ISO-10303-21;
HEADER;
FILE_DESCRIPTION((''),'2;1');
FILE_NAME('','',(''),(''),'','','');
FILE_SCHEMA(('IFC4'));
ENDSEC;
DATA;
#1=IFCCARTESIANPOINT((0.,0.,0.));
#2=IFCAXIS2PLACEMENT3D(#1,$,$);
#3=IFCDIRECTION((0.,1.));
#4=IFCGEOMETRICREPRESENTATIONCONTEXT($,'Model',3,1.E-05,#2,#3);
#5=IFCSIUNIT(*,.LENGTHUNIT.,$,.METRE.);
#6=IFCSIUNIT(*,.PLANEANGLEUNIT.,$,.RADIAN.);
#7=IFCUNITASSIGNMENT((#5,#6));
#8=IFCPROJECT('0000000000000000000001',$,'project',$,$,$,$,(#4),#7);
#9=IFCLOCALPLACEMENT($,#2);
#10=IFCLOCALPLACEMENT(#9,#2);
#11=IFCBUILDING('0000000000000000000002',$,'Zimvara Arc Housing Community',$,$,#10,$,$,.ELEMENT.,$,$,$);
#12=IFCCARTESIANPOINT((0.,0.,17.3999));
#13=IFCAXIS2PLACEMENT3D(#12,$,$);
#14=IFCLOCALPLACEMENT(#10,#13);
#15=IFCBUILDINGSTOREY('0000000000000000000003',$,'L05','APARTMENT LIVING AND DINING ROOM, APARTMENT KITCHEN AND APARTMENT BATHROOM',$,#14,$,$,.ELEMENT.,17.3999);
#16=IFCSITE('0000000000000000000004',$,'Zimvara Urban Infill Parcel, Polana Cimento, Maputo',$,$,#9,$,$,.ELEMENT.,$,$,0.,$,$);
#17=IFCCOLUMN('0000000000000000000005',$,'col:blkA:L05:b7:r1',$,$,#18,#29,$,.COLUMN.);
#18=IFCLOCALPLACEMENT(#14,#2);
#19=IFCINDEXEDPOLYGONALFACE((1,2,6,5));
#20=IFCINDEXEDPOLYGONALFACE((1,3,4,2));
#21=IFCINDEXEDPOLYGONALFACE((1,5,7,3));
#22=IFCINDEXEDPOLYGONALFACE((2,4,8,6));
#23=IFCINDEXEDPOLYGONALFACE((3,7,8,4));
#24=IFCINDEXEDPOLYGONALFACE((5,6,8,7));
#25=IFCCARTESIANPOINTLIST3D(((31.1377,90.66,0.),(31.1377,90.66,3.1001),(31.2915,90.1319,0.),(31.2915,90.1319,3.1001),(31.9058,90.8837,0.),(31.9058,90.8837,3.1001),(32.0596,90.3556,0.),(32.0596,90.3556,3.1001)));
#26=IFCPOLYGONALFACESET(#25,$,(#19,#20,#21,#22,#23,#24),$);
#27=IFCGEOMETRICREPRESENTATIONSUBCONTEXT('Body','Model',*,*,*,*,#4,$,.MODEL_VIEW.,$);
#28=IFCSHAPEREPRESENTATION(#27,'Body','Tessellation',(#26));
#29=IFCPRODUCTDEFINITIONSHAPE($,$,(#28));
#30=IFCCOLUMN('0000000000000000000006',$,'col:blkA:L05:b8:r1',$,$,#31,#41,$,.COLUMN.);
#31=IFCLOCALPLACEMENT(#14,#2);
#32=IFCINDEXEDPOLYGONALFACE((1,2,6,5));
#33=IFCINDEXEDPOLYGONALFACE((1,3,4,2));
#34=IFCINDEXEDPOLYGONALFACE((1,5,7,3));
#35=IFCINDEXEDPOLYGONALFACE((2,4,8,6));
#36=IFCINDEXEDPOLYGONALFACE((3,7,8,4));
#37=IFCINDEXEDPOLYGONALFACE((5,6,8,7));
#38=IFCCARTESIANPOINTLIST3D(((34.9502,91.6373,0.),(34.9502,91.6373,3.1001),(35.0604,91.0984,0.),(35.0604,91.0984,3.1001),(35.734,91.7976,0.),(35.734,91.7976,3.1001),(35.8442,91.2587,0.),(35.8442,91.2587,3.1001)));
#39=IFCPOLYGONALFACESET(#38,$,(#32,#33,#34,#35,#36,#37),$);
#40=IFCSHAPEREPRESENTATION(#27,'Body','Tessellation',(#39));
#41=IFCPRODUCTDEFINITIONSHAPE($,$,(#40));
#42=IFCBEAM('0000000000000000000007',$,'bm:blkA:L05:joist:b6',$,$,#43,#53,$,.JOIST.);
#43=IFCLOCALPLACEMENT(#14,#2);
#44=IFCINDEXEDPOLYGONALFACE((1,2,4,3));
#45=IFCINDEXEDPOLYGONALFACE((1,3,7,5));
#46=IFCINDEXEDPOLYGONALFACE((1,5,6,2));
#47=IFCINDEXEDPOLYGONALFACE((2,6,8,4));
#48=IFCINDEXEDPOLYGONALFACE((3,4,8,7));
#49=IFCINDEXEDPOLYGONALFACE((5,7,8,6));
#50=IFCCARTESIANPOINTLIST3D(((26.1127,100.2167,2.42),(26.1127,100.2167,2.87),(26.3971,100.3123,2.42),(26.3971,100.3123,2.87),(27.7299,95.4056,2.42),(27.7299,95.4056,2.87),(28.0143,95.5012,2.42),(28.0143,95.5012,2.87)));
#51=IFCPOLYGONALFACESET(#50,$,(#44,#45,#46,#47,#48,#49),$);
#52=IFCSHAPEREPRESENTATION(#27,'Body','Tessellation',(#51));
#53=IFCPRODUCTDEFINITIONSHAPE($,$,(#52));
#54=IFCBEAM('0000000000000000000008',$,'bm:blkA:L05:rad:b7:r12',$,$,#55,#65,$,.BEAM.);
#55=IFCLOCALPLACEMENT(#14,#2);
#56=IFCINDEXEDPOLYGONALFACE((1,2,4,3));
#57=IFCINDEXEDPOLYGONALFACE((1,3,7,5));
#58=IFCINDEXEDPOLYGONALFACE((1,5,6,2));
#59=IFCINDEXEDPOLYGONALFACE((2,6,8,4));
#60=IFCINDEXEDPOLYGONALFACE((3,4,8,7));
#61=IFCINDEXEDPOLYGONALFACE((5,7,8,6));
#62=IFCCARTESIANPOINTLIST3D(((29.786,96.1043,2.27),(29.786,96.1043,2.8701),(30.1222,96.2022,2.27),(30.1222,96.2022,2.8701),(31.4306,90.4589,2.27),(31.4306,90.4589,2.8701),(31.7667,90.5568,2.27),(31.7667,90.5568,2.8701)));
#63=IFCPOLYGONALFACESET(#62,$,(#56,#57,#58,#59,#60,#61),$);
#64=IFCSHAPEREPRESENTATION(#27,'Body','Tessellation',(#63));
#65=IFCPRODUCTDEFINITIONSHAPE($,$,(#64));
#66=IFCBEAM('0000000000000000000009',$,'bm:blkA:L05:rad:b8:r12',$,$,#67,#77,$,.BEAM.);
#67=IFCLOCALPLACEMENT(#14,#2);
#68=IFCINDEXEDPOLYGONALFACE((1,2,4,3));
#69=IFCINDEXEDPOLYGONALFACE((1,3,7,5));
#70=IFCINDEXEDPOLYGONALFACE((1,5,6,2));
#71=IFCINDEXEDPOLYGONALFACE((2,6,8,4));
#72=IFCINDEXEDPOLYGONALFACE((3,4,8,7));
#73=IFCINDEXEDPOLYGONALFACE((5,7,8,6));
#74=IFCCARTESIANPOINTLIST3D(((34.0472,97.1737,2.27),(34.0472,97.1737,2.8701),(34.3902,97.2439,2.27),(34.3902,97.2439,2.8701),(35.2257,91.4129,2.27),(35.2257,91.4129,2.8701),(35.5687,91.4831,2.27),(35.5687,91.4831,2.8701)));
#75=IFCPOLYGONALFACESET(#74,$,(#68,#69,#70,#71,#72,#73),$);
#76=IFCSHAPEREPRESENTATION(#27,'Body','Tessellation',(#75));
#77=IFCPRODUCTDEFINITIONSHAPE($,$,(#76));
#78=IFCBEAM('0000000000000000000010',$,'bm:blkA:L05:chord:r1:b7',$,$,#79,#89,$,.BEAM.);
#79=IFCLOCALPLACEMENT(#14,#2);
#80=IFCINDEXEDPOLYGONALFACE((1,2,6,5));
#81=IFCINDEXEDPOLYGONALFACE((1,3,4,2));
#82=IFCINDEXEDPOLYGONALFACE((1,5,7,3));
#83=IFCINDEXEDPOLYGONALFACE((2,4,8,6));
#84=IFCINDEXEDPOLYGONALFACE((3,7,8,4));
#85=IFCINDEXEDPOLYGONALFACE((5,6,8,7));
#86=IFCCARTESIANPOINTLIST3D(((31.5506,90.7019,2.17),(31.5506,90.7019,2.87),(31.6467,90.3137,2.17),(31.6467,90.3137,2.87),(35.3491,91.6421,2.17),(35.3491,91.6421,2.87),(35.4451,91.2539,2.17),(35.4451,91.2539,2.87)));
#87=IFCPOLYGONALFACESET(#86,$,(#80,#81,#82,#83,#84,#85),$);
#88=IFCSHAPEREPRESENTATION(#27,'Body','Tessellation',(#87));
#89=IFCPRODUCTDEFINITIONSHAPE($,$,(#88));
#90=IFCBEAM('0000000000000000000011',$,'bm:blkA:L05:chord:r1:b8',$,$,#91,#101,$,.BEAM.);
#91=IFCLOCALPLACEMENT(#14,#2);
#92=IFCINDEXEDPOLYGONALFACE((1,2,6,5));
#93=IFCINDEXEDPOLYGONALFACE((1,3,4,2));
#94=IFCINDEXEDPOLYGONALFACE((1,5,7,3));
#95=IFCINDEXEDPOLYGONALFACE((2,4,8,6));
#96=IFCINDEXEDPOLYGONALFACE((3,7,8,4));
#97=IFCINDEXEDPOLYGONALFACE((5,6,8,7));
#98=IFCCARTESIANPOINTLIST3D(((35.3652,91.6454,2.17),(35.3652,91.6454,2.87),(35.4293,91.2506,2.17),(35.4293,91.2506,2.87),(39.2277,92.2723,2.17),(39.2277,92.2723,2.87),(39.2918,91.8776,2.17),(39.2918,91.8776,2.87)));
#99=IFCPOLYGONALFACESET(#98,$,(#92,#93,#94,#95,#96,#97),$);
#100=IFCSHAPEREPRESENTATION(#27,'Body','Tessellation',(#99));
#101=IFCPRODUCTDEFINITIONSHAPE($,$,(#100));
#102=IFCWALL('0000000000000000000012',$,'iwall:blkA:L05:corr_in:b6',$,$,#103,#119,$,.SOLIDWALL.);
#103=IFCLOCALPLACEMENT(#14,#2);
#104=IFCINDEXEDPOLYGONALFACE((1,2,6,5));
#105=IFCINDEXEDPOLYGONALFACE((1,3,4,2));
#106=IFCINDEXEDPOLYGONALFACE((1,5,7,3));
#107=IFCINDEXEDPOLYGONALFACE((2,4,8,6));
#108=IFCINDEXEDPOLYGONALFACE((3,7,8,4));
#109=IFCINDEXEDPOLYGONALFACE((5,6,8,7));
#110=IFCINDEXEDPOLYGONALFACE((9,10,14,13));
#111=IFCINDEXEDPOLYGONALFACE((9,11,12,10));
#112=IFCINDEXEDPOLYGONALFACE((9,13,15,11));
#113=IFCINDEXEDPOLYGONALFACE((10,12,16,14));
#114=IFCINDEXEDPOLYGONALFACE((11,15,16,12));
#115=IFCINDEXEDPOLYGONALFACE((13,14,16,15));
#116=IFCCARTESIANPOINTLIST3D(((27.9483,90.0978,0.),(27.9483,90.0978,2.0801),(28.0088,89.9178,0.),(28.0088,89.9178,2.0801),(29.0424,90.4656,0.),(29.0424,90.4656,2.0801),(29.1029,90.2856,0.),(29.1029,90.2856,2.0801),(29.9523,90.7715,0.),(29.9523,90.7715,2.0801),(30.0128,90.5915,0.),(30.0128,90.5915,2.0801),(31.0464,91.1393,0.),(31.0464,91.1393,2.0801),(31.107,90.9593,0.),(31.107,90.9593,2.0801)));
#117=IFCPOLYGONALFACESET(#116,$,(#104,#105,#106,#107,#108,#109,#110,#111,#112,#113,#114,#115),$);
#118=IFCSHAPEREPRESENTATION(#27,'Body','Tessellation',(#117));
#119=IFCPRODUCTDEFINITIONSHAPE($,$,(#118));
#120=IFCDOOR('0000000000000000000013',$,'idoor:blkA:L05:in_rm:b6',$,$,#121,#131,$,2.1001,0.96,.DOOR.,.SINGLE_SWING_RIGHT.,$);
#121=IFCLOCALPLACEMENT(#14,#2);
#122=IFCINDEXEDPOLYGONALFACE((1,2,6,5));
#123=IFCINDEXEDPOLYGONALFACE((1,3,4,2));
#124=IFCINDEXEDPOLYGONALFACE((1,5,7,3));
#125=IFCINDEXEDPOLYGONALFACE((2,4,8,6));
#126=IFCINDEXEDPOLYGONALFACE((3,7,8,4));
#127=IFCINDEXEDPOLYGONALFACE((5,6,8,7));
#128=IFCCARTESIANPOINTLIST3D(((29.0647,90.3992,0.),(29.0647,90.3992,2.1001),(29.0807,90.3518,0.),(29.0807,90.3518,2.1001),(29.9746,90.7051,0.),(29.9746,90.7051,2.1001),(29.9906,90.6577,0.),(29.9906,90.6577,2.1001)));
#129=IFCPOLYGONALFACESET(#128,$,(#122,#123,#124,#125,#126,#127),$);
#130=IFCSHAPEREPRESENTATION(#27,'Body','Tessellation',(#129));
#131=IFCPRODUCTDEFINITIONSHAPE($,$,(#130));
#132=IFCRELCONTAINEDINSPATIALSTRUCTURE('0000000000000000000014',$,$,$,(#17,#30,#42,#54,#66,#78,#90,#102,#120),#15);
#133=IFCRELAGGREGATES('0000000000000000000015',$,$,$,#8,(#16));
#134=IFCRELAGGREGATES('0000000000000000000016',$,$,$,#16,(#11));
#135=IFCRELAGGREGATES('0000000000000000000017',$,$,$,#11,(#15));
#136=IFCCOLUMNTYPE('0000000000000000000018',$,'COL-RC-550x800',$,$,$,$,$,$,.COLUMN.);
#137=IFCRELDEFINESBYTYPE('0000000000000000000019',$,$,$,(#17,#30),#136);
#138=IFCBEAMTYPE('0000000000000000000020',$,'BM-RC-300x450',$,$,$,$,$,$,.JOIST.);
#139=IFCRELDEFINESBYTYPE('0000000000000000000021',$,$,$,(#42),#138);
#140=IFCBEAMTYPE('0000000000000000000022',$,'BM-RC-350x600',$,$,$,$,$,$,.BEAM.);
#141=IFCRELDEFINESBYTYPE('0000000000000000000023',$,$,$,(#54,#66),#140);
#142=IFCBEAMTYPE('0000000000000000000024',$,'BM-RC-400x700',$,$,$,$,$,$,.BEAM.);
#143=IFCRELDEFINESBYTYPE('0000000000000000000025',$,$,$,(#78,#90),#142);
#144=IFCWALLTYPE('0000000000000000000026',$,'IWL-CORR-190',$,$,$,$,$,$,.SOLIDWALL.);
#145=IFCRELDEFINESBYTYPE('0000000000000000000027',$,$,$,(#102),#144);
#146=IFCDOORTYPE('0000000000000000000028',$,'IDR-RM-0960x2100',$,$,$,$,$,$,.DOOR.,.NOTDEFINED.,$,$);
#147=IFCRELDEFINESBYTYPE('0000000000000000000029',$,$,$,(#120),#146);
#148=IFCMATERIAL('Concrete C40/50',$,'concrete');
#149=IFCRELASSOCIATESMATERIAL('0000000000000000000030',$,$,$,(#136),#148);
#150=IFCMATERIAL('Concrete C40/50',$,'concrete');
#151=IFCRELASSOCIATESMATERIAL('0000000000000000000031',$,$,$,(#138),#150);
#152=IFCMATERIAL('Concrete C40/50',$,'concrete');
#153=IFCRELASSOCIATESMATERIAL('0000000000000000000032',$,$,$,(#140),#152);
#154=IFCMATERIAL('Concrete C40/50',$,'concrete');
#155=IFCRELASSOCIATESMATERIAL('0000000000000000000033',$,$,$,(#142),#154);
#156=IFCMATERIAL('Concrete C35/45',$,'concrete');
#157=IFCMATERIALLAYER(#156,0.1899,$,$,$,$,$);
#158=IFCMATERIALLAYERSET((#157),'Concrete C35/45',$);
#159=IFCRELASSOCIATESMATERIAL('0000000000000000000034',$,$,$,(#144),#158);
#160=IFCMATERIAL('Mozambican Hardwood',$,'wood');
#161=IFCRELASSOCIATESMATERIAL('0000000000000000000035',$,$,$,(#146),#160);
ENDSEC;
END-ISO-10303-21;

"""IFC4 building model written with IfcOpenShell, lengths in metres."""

from ifc_helpers import new_model, si_unit, direction, frame, frame_2d, origin, origin_2d, place, context, subcontext, project, spatial, rectangle, extrude, material, layer, layer_set, material_profile, profile_set, type_object, element, fill, save


model = new_model("IFC4")

# Units and contexts
model_context = context("Model", 3, precision=1e-05, world=origin(), true_north=direction((0.0, 1.0)))
body_context = subcontext(model_context, "Body", "Model", "MODEL_VIEW")
ifc_project = project(units=[si_unit("LENGTHUNIT", "METRE"), si_unit("PLANEANGLEUNIT", "RADIAN")], contexts=[model_context])

# Site, building, storey
site_placement = place(None, origin())
site = spatial("IfcSite", under=ifc_project, at=site_placement, Name="Zimvara Urban Infill Parcel, Polana Cimento, Maputo", CompositionType="ELEMENT", RefElevation=0.0)
building_placement = place(site_placement, origin())
building = spatial("IfcBuilding", under=site, at=building_placement, Name="Zimvara Arc Housing Community", CompositionType="ELEMENT")
storey_placement = place(building_placement, frame((0.0, 0.0, 17.3999)))
storey = spatial("IfcBuildingStorey", under=building, at=storey_placement, Name="L05", Description="APARTMENT LIVING AND DINING ROOM, APARTMENT KITCHEN AND APARTMENT BATHROOM", CompositionType="ELEMENT", Elevation=17.3999)

# Columns
ifc_material_1 = material(Name="Concrete C40/50", Category="concrete")
ifc_material_profile_1 = material_profile(ifc_material_1, rectangle(XDim=0.55, YDim=0.8, at=origin_2d()), Name="RC 550x800")
ifc_profile_set_1 = profile_set([ifc_material_profile_1], Name="Concrete C40/50")
column_type = type_object("IfcColumnType", Name="COL-RC-550x800", PredefinedType="COLUMN", material=ifc_profile_set_1)
for number, where, z_axis, x_axis, name in (
    (1, (31.5986, 90.5078, 0.0), (0.0, 0.0, 1.0), (-0.279661, 0.960099, 0.0), "col:blkA:L05:b7:r1"),
    (2, (35.3972, 91.448, 0.0), (0.0, 0.0, 1.0), (-0.200394, 0.979715, 0.0), "col:blkA:L05:b8:r1"),
):
    element("IfcColumn", number, at=place(storey_placement, frame(where, z_axis=z_axis, x_axis=x_axis)), inside=storey, type_object=column_type, Name=name, PredefinedType="COLUMN", context=body_context, shape_type="SweptSolid", body=[
        extrude(rectangle(XDim=0.55, YDim=0.8, at=origin_2d()), origin(), (0.0, 0.0, 1.0), 3.1001),
    ])

# Beams
ifc_material_2 = material(Name="Concrete C40/50", Category="concrete")
ifc_material_profile_2 = material_profile(ifc_material_2, rectangle(XDim=0.3, YDim=0.45, at=origin_2d()), Name="RC 300x450")
ifc_profile_set_2 = profile_set([ifc_material_profile_2], Name="Concrete C40/50")
beam_type_1 = type_object("IfcBeamType", Name="BM-RC-300x450", PredefinedType="JOIST", material=ifc_profile_set_2)
beam_placement = place(storey_placement, frame((27.8721, 95.4534, 2.645), z_axis=(-0.318608, 0.947887, 0.0), x_axis=(-0.947887, -0.318608, 0.0)))
element("IfcBeam", 3, at=beam_placement, inside=storey, type_object=beam_type_1, Name="bm:blkA:L05:joist:b6", PredefinedType="JOIST", context=body_context, shape_type="SweptSolid", body=[
    extrude(rectangle(XDim=0.3, YDim=0.45, at=origin_2d()), origin(), (0.0, 0.0, 1.0), 5.0757),
])
ifc_material_3 = material(Name="Concrete C40/50", Category="concrete")
ifc_material_profile_3 = material_profile(ifc_material_3, rectangle(XDim=0.3501, YDim=0.6001, at=origin_2d()), Name="RC 350x600")
ifc_profile_set_3 = profile_set([ifc_material_profile_3], Name="Concrete C40/50")
beam_type_2 = type_object("IfcBeamType", Name="BM-RC-350x600", PredefinedType="BEAM", material=ifc_profile_set_3)
for number, where, z_axis, x_axis, name in (
    (4, (31.5986, 90.5078, 2.5701), (-0.279675, 0.960095, 0.0), (-0.960095, -0.279675, 0.0), "bm:blkA:L05:rad:b7:r12"),
    (5, (35.3972, 91.448, 2.5701), (-0.200418, 0.97971, 0.0), (-0.97971, -0.200418, 0.0), "bm:blkA:L05:rad:b8:r12"),
):
    element("IfcBeam", number, at=place(storey_placement, frame(where, z_axis=z_axis, x_axis=x_axis)), inside=storey, type_object=beam_type_2, Name=name, PredefinedType="BEAM", context=body_context, shape_type="SweptSolid", body=[
        extrude(rectangle(XDim=0.3501, YDim=0.6001, at=origin_2d()), origin(), (0.0, 0.0, 1.0), 5.8801),
    ])
ifc_material_4 = material(Name="Concrete C40/50", Category="concrete")
ifc_material_profile_4 = material_profile(ifc_material_4, rectangle(XDim=0.3999, YDim=0.7, at=origin_2d()), Name="RC 400x700")
ifc_profile_set_4 = profile_set([ifc_material_profile_4], Name="Concrete C40/50")
beam_type_3 = type_object("IfcBeamType", Name="BM-RC-400x700", PredefinedType="BEAM", material=ifc_profile_set_4)
for number, where, z_axis, x_axis, name in (
    (6, (31.5986, 90.5078, 2.52), (0.970709, 0.24026, 0.0), (-0.24026, 0.970709, 0.0), "bm:blkA:L05:chord:r1:b7"),
    (7, (35.3972, 91.448, 2.52), (0.987081, 0.160219, 0.0), (-0.160219, 0.987081, 0.0), "bm:blkA:L05:chord:r1:b8"),
):
    element("IfcBeam", number, at=place(storey_placement, frame(where, z_axis=z_axis, x_axis=x_axis)), inside=storey, type_object=beam_type_3, Name=name, PredefinedType="BEAM", context=body_context, shape_type="SweptSolid", body=[
        extrude(rectangle(XDim=0.3999, YDim=0.7, at=origin_2d()), origin(), (0.0, 0.0, 1.0), 3.9131),
    ])

# Wall, opening, door
ifc_material_5 = material(Name="Concrete C35/45", Category="concrete")
ifc_layer_1 = layer(ifc_material_5, 0.1899)
ifc_layer_set_1 = layer_set([ifc_layer_1], Name="Concrete C35/45")
wall_type_1 = type_object("IfcWallType", Name="IWL-CORR-190", PredefinedType="SOLIDWALL", material=ifc_layer_set_1)
wall_1_placement = place(storey_placement, frame((27.9785, 90.0078, 0.0), z_axis=(0.0, 0.0, 1.0), x_axis=(0.947874, 0.318647, 0.0)))
wall_1 = element("IfcWall", 8, at=wall_1_placement, inside=storey, type_object=wall_type_1, Name="iwall:blkA:L05:corr_in:b6", PredefinedType="SOLIDWALL", context=body_context, shape_type="SweptSolid", body=[
    extrude(rectangle(XDim=3.2686, YDim=0.1899, at=frame_2d((1.6343, 0.0))), origin(), (0.0, 0.0, 1.0), 2.0801),
])
opening_1_placement = place(wall_1_placement, frame((1.1543, 0.0, 0.0)))
opening_1 = element("IfcOpeningElement", 9, at=opening_1_placement, cuts=wall_1, PredefinedType="OPENING", context=body_context, shape_type="SweptSolid", body=[
    extrude(rectangle(XDim=0.96, YDim=2.1001, at=frame_2d((0.48, 1.05))), frame((0.0, 0.105, 0.0), z_axis=(0.0, -1.0, 0.0), x_axis=(1.0, 0.0, 0.0)), (0.0, 0.0, 1.0), 0.21),
])
ifc_material_6 = material(Name="Mozambican Hardwood", Category="wood")
door_type_1 = type_object("IfcDoorType", Name="IDR-RM-0960x2100", OperationType="NOTDEFINED", PredefinedType="DOOR", material=ifc_material_6)
door_1_placement = place(opening_1_placement, origin())
door_1 = element("IfcDoor", 10, at=door_1_placement, inside=storey, type_object=door_type_1, Name="idoor:blkA:L05:in_rm:b6", OperationType="SINGLE_SWING_RIGHT", OverallHeight=2.1001, OverallWidth=0.96, PredefinedType="DOOR", context=body_context, shape_type="SweptSolid", body=[
    extrude(rectangle(XDim=0.96, YDim=2.1001, at=frame_2d((0.48, 1.05))), frame((0.0, 0.0249, 0.0), z_axis=(0.0, -1.0, 0.0), x_axis=(1.0, 0.0, 0.0)), (0.0, 0.0, 1.0), 0.05),
])
fill(opening_1, door_1)

save(model, "model.ifc")
